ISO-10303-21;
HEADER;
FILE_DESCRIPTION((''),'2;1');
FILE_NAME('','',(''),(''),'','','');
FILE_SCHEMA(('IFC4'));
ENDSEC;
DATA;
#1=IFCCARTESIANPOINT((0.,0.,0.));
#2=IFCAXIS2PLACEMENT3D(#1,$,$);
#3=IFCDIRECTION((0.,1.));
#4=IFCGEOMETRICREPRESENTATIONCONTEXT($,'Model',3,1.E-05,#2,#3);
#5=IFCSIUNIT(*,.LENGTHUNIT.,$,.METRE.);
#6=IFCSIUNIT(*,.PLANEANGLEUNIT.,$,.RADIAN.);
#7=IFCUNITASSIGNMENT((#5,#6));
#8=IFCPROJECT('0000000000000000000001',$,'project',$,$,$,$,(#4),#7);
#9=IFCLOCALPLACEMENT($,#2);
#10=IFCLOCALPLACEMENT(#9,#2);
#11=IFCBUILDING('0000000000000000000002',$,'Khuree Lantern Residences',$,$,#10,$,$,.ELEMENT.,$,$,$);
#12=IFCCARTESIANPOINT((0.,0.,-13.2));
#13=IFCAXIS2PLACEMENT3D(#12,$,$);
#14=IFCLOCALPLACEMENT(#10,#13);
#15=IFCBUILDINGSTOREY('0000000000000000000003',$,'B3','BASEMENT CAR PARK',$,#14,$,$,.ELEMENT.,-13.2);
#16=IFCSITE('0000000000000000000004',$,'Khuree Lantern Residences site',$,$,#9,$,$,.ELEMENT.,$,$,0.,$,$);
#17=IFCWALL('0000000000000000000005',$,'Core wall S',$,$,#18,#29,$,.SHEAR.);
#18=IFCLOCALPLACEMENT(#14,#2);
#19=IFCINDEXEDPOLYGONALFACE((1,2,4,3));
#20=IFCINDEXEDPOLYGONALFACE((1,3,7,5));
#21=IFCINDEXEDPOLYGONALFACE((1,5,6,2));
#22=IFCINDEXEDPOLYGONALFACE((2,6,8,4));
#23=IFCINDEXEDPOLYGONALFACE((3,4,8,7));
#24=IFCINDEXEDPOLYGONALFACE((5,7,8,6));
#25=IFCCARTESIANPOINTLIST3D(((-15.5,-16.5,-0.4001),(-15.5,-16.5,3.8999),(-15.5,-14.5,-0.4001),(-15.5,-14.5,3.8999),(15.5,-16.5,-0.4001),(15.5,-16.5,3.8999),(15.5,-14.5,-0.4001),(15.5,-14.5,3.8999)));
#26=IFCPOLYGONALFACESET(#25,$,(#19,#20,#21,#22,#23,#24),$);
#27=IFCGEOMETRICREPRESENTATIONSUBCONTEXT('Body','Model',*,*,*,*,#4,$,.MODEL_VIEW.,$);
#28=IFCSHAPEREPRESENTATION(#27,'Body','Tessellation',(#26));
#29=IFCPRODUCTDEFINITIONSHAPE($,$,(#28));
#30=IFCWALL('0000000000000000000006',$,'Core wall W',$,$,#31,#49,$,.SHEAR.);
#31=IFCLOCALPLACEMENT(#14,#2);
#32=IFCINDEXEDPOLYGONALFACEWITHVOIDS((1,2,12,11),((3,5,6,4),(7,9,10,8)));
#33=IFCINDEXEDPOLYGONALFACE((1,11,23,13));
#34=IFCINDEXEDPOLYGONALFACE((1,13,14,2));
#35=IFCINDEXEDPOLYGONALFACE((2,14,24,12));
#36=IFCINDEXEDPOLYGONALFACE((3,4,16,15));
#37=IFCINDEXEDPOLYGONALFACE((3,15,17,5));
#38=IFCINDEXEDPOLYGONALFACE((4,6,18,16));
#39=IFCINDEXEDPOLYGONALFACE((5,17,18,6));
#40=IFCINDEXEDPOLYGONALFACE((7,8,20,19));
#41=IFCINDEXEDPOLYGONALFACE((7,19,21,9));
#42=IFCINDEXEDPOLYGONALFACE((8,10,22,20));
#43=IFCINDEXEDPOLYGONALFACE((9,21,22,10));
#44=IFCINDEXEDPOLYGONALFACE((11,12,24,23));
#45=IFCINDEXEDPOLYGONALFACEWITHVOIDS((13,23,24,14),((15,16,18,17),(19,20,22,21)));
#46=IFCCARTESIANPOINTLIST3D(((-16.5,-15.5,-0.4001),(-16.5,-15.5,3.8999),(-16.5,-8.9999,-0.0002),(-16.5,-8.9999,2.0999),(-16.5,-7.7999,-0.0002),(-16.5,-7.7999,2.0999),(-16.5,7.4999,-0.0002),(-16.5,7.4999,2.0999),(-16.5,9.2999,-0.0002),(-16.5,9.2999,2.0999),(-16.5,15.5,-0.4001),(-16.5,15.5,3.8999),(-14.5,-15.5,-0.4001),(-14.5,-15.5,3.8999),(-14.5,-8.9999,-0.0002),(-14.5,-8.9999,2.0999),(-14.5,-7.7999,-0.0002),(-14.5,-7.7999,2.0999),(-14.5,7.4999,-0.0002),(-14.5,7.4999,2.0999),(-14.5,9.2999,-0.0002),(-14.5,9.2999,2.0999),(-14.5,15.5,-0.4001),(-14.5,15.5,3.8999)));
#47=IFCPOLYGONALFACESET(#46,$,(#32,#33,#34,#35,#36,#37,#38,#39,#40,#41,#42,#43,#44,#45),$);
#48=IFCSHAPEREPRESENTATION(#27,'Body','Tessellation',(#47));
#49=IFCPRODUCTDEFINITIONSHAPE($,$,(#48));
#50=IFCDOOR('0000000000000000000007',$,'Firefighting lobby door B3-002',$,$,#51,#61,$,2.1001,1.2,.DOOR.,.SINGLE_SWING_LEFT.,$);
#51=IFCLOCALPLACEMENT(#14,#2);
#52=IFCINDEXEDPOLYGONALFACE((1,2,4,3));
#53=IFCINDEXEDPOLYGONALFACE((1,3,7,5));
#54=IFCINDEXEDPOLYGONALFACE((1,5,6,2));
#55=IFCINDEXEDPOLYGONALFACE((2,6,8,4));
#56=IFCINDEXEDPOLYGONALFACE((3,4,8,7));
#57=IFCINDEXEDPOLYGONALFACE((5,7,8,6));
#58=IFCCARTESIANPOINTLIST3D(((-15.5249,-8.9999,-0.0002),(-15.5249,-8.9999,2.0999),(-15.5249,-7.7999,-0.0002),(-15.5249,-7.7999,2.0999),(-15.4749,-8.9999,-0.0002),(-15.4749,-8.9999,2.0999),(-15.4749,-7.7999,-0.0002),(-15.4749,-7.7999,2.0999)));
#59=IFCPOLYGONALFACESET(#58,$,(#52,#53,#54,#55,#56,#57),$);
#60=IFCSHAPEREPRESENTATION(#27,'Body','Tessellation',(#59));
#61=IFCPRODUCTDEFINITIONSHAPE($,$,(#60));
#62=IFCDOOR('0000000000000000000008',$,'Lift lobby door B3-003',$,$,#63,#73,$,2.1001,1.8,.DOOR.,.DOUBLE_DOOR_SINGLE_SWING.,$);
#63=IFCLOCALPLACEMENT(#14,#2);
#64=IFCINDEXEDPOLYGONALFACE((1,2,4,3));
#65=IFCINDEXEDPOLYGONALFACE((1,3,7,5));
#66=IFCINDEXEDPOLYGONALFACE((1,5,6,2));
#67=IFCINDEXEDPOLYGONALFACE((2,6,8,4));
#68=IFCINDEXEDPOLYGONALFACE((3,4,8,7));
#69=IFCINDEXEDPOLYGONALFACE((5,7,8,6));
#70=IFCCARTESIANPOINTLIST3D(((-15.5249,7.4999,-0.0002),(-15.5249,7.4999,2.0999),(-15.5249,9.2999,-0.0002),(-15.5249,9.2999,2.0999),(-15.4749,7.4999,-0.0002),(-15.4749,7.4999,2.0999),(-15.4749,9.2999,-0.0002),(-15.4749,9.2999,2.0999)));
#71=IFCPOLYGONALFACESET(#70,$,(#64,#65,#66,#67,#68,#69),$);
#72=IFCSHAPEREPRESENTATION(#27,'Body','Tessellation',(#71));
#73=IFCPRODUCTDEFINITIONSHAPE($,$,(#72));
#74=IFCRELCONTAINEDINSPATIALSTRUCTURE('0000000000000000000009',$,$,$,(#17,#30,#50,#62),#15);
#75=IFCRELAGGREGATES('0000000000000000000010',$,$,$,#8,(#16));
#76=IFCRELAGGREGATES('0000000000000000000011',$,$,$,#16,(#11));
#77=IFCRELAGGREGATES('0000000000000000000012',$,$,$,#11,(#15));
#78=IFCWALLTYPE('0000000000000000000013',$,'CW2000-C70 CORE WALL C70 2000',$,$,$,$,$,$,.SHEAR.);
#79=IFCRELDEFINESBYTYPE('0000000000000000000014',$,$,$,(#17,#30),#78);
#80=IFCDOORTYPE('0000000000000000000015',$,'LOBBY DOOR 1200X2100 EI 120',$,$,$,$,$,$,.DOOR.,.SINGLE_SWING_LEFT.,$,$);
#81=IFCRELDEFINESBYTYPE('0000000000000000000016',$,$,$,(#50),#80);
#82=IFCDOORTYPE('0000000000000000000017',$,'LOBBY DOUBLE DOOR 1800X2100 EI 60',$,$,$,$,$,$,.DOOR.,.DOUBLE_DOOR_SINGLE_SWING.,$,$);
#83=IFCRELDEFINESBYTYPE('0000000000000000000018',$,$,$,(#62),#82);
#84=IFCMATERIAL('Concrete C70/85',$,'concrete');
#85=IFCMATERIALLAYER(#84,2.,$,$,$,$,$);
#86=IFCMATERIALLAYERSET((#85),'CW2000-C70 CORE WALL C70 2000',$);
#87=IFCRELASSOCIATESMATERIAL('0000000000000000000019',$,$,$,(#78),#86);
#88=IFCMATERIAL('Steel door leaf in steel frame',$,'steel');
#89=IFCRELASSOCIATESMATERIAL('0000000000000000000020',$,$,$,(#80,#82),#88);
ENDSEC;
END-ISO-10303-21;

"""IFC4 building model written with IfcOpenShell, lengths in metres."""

from ifc_helpers import new_model, si_unit, direction, frame, frame_2d, origin, place, context, subcontext, project, spatial, rectangle, extrude, material, layer, layer_set, type_object, element, fill, save


model = new_model("IFC4")

# Units and contexts
model_context = context("Model", 3, precision=1e-05, world=origin(), true_north=direction((0.0, 1.0)))
body_context = subcontext(model_context, "Body", "Model", "MODEL_VIEW")
ifc_project = project(units=[si_unit("LENGTHUNIT", "METRE"), si_unit("PLANEANGLEUNIT", "RADIAN")], contexts=[model_context])

# Site, building, storey
site_placement = place(None, origin())
site = spatial("IfcSite", under=ifc_project, at=site_placement, Name="Khuree Lantern Residences site", CompositionType="ELEMENT", RefElevation=0.0)
building_placement = place(site_placement, origin())
building = spatial("IfcBuilding", under=site, at=building_placement, Name="Khuree Lantern Residences", CompositionType="ELEMENT")
storey_placement = place(building_placement, frame((0.0, 0.0, -13.2)))
storey = spatial("IfcBuildingStorey", under=building, at=storey_placement, Name="B3", Description="BASEMENT CAR PARK", CompositionType="ELEMENT", Elevation=-13.2)

# Shared definitions
ifc_material_1 = material(Name="Concrete C70/85", Category="concrete")

# Wall
ifc_layer = layer(ifc_material_1, 2.0)
ifc_layer_set = layer_set([ifc_layer], Name="CW2000-C70 CORE WALL C70 2000")
wall_type = type_object("IfcWallType", Name="CW2000-C70 CORE WALL C70 2000", PredefinedType="SHEAR", material=ifc_layer_set)
wall_1_placement = place(storey_placement, frame((-15.5, -15.5, -0.4001), z_axis=(0.0, 0.0, 1.0), x_axis=(1.0, 0.0, 0.0)))
element("IfcWall", 1, at=wall_1_placement, inside=storey, type_object=wall_type, Name="Core wall S", PredefinedType="SHEAR", context=body_context, shape_type="SweptSolid", body=[
    extrude(rectangle(XDim=31.0, YDim=2.0, at=frame_2d((15.5, 0.0))), origin(), (0.0, 0.0, 1.0), 4.3),
])

# Wall, openings, doors
wall_2_placement = place(storey_placement, frame((-15.5, -15.5, -0.4001), z_axis=(0.0, 0.0, 1.0), x_axis=(0.0, 1.0, 0.0)))
wall_2 = element("IfcWall", 2, at=wall_2_placement, inside=storey, type_object=wall_type, Name="Core wall W", PredefinedType="SHEAR", context=body_context, shape_type="SweptSolid", body=[
    extrude(rectangle(XDim=31.0, YDim=2.0, at=frame_2d((15.5, 0.0))), origin(), (0.0, 0.0, 1.0), 4.3),
])
opening_1_placement = place(wall_2_placement, frame((6.5, 0.0, 0.3999)))
opening_1 = element("IfcOpeningElement", 3, at=opening_1_placement, cuts=wall_2, PredefinedType="OPENING", context=body_context, shape_type="SweptSolid", body=[
    extrude(rectangle(XDim=1.2, YDim=2.1001, at=frame_2d((0.6001, 1.05))), frame((0.0, 1.01, 0.0), z_axis=(0.0, -1.0, 0.0), x_axis=(1.0, 0.0, 0.0)), (0.0, 0.0, 1.0), 2.02),
])
opening_2_placement = place(wall_2_placement, frame((23.0, 0.0, 0.3999)))
opening_2 = element("IfcOpeningElement", 4, at=opening_2_placement, cuts=wall_2, PredefinedType="OPENING", context=body_context, shape_type="SweptSolid", body=[
    extrude(rectangle(XDim=1.8, YDim=2.1001, at=frame_2d((0.8999, 1.05))), frame((0.0, 1.01, 0.0), z_axis=(0.0, -1.0, 0.0), x_axis=(1.0, 0.0, 0.0)), (0.0, 0.0, 1.0), 2.02),
])
ifc_material_2 = material(Name="Steel door leaf in steel frame", Category="steel")
door_type_1 = type_object("IfcDoorType", Name="LOBBY DOOR 1200X2100 EI 120", OperationType="SINGLE_SWING_LEFT", PredefinedType="DOOR", material=ifc_material_2)
door_1_placement = place(opening_1_placement, origin())
door_1 = element("IfcDoor", 5, at=door_1_placement, inside=storey, type_object=door_type_1, Name="Firefighting lobby door B3-002", OperationType="SINGLE_SWING_LEFT", OverallHeight=2.1001, OverallWidth=1.2, PredefinedType="DOOR", context=body_context, shape_type="SweptSolid", body=[
    extrude(rectangle(XDim=1.2, YDim=2.1001, at=frame_2d((0.6001, 1.05))), frame((0.0, 0.0249, 0.0), z_axis=(0.0, -1.0, 0.0), x_axis=(1.0, 0.0, 0.0)), (0.0, 0.0, 1.0), 0.05),
])
fill(opening_1, door_1)
door_type_2 = type_object("IfcDoorType", Name="LOBBY DOUBLE DOOR 1800X2100 EI 60", OperationType="DOUBLE_DOOR_SINGLE_SWING", PredefinedType="DOOR", material=ifc_material_2)
door_2_placement = place(opening_2_placement, origin())
door_2 = element("IfcDoor", 6, at=door_2_placement, inside=storey, type_object=door_type_2, Name="Lift lobby door B3-003", OperationType="DOUBLE_DOOR_SINGLE_SWING", OverallHeight=2.1001, OverallWidth=1.8, PredefinedType="DOOR", context=body_context, shape_type="SweptSolid", body=[
    extrude(rectangle(XDim=1.8, YDim=2.1001, at=frame_2d((0.8999, 1.05))), frame((0.0, 0.0249, 0.0), z_axis=(0.0, -1.0, 0.0), x_axis=(1.0, 0.0, 0.0)), (0.0, 0.0, 1.0), 0.05),
])
fill(opening_2, door_2)

save(model, "model.ifc")
